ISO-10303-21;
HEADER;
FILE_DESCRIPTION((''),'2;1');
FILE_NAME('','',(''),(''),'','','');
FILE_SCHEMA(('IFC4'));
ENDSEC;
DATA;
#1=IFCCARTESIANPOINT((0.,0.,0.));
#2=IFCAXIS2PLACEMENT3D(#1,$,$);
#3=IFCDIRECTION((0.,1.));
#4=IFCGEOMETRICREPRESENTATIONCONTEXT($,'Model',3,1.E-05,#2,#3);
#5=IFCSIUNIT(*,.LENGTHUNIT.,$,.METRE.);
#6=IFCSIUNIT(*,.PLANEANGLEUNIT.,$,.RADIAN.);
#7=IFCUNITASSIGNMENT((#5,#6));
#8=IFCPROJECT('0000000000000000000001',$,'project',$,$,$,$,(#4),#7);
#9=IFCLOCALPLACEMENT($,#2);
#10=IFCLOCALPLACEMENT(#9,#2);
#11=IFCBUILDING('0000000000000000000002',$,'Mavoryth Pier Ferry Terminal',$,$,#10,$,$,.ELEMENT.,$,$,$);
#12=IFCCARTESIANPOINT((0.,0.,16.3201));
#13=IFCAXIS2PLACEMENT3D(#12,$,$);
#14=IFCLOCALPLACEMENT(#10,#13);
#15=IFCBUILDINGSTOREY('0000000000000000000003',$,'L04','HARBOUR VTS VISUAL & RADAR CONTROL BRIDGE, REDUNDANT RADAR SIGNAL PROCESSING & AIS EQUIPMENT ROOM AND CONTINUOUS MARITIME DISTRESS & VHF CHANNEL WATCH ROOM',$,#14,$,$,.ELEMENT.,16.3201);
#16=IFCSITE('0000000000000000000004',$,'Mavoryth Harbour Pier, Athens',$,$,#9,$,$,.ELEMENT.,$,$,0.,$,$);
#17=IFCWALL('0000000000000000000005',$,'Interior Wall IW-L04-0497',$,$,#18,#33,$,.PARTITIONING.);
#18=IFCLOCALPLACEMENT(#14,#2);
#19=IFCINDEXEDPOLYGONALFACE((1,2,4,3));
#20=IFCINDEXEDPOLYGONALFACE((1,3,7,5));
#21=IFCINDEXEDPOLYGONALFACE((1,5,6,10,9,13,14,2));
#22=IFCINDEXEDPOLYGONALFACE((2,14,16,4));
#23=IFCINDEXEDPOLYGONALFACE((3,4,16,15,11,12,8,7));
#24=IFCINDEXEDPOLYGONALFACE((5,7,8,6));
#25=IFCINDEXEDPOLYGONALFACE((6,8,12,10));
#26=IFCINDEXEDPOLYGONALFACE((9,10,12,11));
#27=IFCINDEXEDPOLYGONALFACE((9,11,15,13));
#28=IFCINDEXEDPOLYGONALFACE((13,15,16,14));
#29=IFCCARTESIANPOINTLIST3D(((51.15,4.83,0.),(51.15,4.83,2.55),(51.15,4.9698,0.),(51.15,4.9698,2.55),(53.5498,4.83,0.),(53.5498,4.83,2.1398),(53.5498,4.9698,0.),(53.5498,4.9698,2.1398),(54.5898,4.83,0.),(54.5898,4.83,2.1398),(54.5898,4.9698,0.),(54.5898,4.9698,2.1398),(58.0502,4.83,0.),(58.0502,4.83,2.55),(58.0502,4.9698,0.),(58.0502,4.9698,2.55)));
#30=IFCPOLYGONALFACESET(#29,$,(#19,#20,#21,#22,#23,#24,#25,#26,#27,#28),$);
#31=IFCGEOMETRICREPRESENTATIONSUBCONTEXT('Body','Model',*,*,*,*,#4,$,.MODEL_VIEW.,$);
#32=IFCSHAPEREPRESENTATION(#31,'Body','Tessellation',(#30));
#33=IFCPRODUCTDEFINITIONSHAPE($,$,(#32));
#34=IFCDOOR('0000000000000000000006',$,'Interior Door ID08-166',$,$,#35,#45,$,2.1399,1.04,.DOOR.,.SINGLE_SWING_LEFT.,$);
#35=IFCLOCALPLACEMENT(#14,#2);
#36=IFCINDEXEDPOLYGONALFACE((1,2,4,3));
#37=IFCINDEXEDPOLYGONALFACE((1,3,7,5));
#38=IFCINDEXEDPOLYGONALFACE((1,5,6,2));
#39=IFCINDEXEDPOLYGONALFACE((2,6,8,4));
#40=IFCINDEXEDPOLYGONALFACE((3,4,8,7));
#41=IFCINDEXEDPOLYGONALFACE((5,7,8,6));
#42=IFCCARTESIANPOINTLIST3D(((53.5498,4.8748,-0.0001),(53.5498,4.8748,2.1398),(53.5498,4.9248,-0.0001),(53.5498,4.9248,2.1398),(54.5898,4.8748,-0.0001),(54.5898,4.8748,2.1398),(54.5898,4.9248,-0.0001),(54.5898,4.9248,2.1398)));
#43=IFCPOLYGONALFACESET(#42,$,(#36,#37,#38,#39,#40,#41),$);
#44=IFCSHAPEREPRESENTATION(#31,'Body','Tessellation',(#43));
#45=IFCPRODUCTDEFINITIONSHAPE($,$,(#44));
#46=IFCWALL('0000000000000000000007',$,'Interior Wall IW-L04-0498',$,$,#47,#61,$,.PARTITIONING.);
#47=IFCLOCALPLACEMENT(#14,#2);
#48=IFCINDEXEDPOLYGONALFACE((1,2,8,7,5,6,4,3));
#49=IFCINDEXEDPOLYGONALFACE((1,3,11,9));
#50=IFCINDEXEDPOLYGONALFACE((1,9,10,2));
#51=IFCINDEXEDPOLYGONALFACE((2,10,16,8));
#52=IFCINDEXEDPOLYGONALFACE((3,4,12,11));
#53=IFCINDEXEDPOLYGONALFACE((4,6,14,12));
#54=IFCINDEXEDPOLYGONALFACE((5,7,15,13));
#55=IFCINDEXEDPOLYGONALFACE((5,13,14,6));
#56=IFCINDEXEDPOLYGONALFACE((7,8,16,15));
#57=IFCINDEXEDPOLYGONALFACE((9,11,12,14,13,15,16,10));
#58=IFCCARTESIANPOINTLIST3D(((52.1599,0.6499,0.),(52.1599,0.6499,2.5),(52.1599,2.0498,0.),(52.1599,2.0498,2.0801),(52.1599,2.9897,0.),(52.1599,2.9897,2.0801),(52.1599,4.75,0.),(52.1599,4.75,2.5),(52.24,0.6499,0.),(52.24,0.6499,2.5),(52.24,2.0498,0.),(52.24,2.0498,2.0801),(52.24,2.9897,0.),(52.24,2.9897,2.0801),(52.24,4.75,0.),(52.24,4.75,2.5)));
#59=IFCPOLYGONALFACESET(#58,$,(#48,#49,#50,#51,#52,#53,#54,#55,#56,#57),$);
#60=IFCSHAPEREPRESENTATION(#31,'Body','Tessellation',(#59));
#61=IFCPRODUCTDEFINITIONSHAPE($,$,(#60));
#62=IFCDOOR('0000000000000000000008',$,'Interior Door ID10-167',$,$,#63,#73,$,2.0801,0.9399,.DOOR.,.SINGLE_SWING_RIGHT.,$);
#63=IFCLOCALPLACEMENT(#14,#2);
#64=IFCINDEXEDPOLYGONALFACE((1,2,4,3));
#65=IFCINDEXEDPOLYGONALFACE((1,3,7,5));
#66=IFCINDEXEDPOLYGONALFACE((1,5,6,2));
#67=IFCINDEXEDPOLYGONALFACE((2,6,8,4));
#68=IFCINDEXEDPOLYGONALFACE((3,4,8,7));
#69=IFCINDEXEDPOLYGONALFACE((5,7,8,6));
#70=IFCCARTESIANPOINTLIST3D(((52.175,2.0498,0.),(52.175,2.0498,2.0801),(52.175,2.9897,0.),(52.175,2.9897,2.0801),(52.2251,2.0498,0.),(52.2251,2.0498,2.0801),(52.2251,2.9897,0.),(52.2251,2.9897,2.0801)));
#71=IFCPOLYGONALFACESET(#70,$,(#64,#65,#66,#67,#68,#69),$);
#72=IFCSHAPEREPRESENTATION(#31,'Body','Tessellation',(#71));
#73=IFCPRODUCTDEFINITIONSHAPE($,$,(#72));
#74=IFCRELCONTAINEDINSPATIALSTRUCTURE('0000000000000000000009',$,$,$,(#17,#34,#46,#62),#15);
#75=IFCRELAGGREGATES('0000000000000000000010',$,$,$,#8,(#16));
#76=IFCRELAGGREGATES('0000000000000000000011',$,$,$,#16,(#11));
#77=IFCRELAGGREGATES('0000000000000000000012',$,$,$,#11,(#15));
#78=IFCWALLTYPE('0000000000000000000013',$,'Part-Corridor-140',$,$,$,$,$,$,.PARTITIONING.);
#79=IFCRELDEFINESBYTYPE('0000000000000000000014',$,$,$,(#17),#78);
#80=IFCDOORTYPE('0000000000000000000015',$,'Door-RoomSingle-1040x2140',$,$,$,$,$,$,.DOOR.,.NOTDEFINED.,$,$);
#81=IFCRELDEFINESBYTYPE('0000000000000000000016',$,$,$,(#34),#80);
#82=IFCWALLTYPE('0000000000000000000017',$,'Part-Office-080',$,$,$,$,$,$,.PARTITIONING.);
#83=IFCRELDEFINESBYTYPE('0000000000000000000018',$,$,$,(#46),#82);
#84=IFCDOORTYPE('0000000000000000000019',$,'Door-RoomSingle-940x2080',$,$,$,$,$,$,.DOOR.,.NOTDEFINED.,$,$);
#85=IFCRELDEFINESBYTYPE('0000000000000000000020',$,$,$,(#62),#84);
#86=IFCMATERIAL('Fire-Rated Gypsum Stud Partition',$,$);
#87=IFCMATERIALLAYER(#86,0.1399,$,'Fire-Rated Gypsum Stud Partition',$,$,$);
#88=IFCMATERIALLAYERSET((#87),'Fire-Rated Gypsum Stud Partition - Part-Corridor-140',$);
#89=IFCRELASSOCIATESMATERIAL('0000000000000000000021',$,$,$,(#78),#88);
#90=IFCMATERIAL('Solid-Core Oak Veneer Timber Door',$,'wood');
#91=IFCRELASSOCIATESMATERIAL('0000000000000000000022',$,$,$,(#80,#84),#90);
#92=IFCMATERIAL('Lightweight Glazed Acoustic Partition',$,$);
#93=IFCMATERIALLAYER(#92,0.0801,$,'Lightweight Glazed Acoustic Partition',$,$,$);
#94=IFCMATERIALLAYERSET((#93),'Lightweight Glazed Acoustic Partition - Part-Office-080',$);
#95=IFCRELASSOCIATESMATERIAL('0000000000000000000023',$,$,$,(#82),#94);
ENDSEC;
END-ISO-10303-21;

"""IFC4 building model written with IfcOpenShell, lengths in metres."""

from ifc_helpers import new_model, si_unit, direction, frame, frame_2d, origin, place, context, subcontext, project, spatial, rectangle, extrude, material, layer, layer_set, type_object, element, fill, save


model = new_model("IFC4")

# Units and contexts
model_context = context("Model", 3, precision=1e-05, world=origin(), true_north=direction((0.0, 1.0)))
body_context = subcontext(model_context, "Body", "Model", "MODEL_VIEW")
ifc_project = project(units=[si_unit("LENGTHUNIT", "METRE"), si_unit("PLANEANGLEUNIT", "RADIAN")], contexts=[model_context])

# Site, building, storey
site_placement = place(None, origin())
site = spatial("IfcSite", under=ifc_project, at=site_placement, Name="Mavoryth Harbour Pier, Athens", CompositionType="ELEMENT", RefElevation=0.0)
building_placement = place(site_placement, origin())
building = spatial("IfcBuilding", under=site, at=building_placement, Name="Mavoryth Pier Ferry Terminal", CompositionType="ELEMENT")
storey_placement = place(building_placement, frame((0.0, 0.0, 16.3201)))
storey = spatial("IfcBuildingStorey", under=building, at=storey_placement, Name="L04", Description="HARBOUR VTS VISUAL & RADAR CONTROL BRIDGE, REDUNDANT RADAR SIGNAL PROCESSING & AIS EQUIPMENT ROOM AND CONTINUOUS MARITIME DISTRESS & VHF CHANNEL WATCH ROOM", CompositionType="ELEMENT", Elevation=16.3201)

# Walls, openings, doors
ifc_material_1 = material(Name="Fire-Rated Gypsum Stud Partition")
ifc_layer_1 = layer(ifc_material_1, 0.1399, Name="Fire-Rated Gypsum Stud Partition")
ifc_layer_set_1 = layer_set([ifc_layer_1], Name="Fire-Rated Gypsum Stud Partition - Part-Corridor-140")
wall_type_1 = type_object("IfcWallType", Name="Part-Corridor-140", PredefinedType="PARTITIONING", material=ifc_layer_set_1)
wall_1_placement = place(storey_placement, frame((51.1499, 4.8999, 0.0), z_axis=(0.0, 0.0, 1.0), x_axis=(1.0, 0.0, 0.0)))
wall_1 = element("IfcWall", 1, at=wall_1_placement, inside=storey, type_object=wall_type_1, Name="Interior Wall IW-L04-0497", PredefinedType="PARTITIONING", context=body_context, shape_type="SweptSolid", body=[
    extrude(rectangle(XDim=6.9001, YDim=0.1399, at=frame_2d((3.4502, 0.0))), origin(), (0.0, 0.0, 1.0), 2.55),
])
opening_1_placement = place(wall_1_placement, frame((2.3999, 0.0, 0.0)))
opening_1 = element("IfcOpeningElement", 2, at=opening_1_placement, cuts=wall_1, PredefinedType="OPENING", context=body_context, shape_type="SweptSolid", body=[
    extrude(rectangle(XDim=1.04, YDim=2.1399, at=frame_2d((0.52, 1.0698))), frame((0.0, 0.0798, 0.0), z_axis=(0.0, -1.0, 0.0), x_axis=(1.0, 0.0, 0.0)), (0.0, 0.0, 1.0), 0.1599),
])
ifc_material_2 = material(Name="Solid-Core Oak Veneer Timber Door", Category="wood")
door_type_1 = type_object("IfcDoorType", Name="Door-RoomSingle-1040x2140", OperationType="NOTDEFINED", PredefinedType="DOOR", material=ifc_material_2)
door_1_placement = place(opening_1_placement, origin())
door_1 = element("IfcDoor", 3, at=door_1_placement, inside=storey, type_object=door_type_1, Name="Interior Door ID08-166", OperationType="SINGLE_SWING_LEFT", OverallHeight=2.1399, OverallWidth=1.04, PredefinedType="DOOR", context=body_context, shape_type="SweptSolid", body=[
    extrude(rectangle(XDim=1.04, YDim=2.1399, at=frame_2d((0.52, 1.0698))), frame((0.0, 0.0249, 0.0), z_axis=(0.0, -1.0, 0.0), x_axis=(1.0, 0.0, 0.0)), (0.0, 0.0, 1.0), 0.05),
])
fill(opening_1, door_1)
ifc_material_3 = material(Name="Lightweight Glazed Acoustic Partition")
ifc_layer_2 = layer(ifc_material_3, 0.0801, Name="Lightweight Glazed Acoustic Partition")
ifc_layer_set_2 = layer_set([ifc_layer_2], Name="Lightweight Glazed Acoustic Partition - Part-Office-080")
wall_type_2 = type_object("IfcWallType", Name="Part-Office-080", PredefinedType="PARTITIONING", material=ifc_layer_set_2)
wall_2_placement = place(storey_placement, frame((52.2, 0.6499, 0.0), z_axis=(0.0, 0.0, 1.0), x_axis=(0.0, 1.0, 0.0)))
wall_2 = element("IfcWall", 4, at=wall_2_placement, inside=storey, type_object=wall_type_2, Name="Interior Wall IW-L04-0498", PredefinedType="PARTITIONING", context=body_context, shape_type="SweptSolid", body=[
    extrude(rectangle(XDim=4.1001, YDim=0.0801, at=frame_2d((2.05, 0.0))), origin(), (0.0, 0.0, 1.0), 2.5),
])
opening_2_placement = place(wall_2_placement, frame((1.3999, 0.0, 0.0)))
opening_2 = element("IfcOpeningElement", 5, at=opening_2_placement, cuts=wall_2, PredefinedType="OPENING", context=body_context, shape_type="SweptSolid", body=[
    extrude(rectangle(XDim=0.9399, YDim=2.0801, at=frame_2d((0.47, 1.04))), frame((0.0, 0.05, 0.0), z_axis=(0.0, -1.0, 0.0), x_axis=(1.0, 0.0, 0.0)), (0.0, 0.0, 1.0), 0.1001),
])
door_type_2 = type_object("IfcDoorType", Name="Door-RoomSingle-940x2080", OperationType="NOTDEFINED", PredefinedType="DOOR", material=ifc_material_2)
door_2_placement = place(opening_2_placement, origin())
door_2 = element("IfcDoor", 6, at=door_2_placement, inside=storey, type_object=door_type_2, Name="Interior Door ID10-167", OperationType="SINGLE_SWING_RIGHT", OverallHeight=2.0801, OverallWidth=0.9399, PredefinedType="DOOR", context=body_context, shape_type="SweptSolid", body=[
    extrude(rectangle(XDim=0.9399, YDim=2.0801, at=frame_2d((0.47, 1.04))), frame((0.0, 0.0249, 0.0), z_axis=(0.0, -1.0, 0.0), x_axis=(1.0, 0.0, 0.0)), (0.0, 0.0, 1.0), 0.05),
])
fill(opening_2, door_2)

save(model, "model.ifc")
